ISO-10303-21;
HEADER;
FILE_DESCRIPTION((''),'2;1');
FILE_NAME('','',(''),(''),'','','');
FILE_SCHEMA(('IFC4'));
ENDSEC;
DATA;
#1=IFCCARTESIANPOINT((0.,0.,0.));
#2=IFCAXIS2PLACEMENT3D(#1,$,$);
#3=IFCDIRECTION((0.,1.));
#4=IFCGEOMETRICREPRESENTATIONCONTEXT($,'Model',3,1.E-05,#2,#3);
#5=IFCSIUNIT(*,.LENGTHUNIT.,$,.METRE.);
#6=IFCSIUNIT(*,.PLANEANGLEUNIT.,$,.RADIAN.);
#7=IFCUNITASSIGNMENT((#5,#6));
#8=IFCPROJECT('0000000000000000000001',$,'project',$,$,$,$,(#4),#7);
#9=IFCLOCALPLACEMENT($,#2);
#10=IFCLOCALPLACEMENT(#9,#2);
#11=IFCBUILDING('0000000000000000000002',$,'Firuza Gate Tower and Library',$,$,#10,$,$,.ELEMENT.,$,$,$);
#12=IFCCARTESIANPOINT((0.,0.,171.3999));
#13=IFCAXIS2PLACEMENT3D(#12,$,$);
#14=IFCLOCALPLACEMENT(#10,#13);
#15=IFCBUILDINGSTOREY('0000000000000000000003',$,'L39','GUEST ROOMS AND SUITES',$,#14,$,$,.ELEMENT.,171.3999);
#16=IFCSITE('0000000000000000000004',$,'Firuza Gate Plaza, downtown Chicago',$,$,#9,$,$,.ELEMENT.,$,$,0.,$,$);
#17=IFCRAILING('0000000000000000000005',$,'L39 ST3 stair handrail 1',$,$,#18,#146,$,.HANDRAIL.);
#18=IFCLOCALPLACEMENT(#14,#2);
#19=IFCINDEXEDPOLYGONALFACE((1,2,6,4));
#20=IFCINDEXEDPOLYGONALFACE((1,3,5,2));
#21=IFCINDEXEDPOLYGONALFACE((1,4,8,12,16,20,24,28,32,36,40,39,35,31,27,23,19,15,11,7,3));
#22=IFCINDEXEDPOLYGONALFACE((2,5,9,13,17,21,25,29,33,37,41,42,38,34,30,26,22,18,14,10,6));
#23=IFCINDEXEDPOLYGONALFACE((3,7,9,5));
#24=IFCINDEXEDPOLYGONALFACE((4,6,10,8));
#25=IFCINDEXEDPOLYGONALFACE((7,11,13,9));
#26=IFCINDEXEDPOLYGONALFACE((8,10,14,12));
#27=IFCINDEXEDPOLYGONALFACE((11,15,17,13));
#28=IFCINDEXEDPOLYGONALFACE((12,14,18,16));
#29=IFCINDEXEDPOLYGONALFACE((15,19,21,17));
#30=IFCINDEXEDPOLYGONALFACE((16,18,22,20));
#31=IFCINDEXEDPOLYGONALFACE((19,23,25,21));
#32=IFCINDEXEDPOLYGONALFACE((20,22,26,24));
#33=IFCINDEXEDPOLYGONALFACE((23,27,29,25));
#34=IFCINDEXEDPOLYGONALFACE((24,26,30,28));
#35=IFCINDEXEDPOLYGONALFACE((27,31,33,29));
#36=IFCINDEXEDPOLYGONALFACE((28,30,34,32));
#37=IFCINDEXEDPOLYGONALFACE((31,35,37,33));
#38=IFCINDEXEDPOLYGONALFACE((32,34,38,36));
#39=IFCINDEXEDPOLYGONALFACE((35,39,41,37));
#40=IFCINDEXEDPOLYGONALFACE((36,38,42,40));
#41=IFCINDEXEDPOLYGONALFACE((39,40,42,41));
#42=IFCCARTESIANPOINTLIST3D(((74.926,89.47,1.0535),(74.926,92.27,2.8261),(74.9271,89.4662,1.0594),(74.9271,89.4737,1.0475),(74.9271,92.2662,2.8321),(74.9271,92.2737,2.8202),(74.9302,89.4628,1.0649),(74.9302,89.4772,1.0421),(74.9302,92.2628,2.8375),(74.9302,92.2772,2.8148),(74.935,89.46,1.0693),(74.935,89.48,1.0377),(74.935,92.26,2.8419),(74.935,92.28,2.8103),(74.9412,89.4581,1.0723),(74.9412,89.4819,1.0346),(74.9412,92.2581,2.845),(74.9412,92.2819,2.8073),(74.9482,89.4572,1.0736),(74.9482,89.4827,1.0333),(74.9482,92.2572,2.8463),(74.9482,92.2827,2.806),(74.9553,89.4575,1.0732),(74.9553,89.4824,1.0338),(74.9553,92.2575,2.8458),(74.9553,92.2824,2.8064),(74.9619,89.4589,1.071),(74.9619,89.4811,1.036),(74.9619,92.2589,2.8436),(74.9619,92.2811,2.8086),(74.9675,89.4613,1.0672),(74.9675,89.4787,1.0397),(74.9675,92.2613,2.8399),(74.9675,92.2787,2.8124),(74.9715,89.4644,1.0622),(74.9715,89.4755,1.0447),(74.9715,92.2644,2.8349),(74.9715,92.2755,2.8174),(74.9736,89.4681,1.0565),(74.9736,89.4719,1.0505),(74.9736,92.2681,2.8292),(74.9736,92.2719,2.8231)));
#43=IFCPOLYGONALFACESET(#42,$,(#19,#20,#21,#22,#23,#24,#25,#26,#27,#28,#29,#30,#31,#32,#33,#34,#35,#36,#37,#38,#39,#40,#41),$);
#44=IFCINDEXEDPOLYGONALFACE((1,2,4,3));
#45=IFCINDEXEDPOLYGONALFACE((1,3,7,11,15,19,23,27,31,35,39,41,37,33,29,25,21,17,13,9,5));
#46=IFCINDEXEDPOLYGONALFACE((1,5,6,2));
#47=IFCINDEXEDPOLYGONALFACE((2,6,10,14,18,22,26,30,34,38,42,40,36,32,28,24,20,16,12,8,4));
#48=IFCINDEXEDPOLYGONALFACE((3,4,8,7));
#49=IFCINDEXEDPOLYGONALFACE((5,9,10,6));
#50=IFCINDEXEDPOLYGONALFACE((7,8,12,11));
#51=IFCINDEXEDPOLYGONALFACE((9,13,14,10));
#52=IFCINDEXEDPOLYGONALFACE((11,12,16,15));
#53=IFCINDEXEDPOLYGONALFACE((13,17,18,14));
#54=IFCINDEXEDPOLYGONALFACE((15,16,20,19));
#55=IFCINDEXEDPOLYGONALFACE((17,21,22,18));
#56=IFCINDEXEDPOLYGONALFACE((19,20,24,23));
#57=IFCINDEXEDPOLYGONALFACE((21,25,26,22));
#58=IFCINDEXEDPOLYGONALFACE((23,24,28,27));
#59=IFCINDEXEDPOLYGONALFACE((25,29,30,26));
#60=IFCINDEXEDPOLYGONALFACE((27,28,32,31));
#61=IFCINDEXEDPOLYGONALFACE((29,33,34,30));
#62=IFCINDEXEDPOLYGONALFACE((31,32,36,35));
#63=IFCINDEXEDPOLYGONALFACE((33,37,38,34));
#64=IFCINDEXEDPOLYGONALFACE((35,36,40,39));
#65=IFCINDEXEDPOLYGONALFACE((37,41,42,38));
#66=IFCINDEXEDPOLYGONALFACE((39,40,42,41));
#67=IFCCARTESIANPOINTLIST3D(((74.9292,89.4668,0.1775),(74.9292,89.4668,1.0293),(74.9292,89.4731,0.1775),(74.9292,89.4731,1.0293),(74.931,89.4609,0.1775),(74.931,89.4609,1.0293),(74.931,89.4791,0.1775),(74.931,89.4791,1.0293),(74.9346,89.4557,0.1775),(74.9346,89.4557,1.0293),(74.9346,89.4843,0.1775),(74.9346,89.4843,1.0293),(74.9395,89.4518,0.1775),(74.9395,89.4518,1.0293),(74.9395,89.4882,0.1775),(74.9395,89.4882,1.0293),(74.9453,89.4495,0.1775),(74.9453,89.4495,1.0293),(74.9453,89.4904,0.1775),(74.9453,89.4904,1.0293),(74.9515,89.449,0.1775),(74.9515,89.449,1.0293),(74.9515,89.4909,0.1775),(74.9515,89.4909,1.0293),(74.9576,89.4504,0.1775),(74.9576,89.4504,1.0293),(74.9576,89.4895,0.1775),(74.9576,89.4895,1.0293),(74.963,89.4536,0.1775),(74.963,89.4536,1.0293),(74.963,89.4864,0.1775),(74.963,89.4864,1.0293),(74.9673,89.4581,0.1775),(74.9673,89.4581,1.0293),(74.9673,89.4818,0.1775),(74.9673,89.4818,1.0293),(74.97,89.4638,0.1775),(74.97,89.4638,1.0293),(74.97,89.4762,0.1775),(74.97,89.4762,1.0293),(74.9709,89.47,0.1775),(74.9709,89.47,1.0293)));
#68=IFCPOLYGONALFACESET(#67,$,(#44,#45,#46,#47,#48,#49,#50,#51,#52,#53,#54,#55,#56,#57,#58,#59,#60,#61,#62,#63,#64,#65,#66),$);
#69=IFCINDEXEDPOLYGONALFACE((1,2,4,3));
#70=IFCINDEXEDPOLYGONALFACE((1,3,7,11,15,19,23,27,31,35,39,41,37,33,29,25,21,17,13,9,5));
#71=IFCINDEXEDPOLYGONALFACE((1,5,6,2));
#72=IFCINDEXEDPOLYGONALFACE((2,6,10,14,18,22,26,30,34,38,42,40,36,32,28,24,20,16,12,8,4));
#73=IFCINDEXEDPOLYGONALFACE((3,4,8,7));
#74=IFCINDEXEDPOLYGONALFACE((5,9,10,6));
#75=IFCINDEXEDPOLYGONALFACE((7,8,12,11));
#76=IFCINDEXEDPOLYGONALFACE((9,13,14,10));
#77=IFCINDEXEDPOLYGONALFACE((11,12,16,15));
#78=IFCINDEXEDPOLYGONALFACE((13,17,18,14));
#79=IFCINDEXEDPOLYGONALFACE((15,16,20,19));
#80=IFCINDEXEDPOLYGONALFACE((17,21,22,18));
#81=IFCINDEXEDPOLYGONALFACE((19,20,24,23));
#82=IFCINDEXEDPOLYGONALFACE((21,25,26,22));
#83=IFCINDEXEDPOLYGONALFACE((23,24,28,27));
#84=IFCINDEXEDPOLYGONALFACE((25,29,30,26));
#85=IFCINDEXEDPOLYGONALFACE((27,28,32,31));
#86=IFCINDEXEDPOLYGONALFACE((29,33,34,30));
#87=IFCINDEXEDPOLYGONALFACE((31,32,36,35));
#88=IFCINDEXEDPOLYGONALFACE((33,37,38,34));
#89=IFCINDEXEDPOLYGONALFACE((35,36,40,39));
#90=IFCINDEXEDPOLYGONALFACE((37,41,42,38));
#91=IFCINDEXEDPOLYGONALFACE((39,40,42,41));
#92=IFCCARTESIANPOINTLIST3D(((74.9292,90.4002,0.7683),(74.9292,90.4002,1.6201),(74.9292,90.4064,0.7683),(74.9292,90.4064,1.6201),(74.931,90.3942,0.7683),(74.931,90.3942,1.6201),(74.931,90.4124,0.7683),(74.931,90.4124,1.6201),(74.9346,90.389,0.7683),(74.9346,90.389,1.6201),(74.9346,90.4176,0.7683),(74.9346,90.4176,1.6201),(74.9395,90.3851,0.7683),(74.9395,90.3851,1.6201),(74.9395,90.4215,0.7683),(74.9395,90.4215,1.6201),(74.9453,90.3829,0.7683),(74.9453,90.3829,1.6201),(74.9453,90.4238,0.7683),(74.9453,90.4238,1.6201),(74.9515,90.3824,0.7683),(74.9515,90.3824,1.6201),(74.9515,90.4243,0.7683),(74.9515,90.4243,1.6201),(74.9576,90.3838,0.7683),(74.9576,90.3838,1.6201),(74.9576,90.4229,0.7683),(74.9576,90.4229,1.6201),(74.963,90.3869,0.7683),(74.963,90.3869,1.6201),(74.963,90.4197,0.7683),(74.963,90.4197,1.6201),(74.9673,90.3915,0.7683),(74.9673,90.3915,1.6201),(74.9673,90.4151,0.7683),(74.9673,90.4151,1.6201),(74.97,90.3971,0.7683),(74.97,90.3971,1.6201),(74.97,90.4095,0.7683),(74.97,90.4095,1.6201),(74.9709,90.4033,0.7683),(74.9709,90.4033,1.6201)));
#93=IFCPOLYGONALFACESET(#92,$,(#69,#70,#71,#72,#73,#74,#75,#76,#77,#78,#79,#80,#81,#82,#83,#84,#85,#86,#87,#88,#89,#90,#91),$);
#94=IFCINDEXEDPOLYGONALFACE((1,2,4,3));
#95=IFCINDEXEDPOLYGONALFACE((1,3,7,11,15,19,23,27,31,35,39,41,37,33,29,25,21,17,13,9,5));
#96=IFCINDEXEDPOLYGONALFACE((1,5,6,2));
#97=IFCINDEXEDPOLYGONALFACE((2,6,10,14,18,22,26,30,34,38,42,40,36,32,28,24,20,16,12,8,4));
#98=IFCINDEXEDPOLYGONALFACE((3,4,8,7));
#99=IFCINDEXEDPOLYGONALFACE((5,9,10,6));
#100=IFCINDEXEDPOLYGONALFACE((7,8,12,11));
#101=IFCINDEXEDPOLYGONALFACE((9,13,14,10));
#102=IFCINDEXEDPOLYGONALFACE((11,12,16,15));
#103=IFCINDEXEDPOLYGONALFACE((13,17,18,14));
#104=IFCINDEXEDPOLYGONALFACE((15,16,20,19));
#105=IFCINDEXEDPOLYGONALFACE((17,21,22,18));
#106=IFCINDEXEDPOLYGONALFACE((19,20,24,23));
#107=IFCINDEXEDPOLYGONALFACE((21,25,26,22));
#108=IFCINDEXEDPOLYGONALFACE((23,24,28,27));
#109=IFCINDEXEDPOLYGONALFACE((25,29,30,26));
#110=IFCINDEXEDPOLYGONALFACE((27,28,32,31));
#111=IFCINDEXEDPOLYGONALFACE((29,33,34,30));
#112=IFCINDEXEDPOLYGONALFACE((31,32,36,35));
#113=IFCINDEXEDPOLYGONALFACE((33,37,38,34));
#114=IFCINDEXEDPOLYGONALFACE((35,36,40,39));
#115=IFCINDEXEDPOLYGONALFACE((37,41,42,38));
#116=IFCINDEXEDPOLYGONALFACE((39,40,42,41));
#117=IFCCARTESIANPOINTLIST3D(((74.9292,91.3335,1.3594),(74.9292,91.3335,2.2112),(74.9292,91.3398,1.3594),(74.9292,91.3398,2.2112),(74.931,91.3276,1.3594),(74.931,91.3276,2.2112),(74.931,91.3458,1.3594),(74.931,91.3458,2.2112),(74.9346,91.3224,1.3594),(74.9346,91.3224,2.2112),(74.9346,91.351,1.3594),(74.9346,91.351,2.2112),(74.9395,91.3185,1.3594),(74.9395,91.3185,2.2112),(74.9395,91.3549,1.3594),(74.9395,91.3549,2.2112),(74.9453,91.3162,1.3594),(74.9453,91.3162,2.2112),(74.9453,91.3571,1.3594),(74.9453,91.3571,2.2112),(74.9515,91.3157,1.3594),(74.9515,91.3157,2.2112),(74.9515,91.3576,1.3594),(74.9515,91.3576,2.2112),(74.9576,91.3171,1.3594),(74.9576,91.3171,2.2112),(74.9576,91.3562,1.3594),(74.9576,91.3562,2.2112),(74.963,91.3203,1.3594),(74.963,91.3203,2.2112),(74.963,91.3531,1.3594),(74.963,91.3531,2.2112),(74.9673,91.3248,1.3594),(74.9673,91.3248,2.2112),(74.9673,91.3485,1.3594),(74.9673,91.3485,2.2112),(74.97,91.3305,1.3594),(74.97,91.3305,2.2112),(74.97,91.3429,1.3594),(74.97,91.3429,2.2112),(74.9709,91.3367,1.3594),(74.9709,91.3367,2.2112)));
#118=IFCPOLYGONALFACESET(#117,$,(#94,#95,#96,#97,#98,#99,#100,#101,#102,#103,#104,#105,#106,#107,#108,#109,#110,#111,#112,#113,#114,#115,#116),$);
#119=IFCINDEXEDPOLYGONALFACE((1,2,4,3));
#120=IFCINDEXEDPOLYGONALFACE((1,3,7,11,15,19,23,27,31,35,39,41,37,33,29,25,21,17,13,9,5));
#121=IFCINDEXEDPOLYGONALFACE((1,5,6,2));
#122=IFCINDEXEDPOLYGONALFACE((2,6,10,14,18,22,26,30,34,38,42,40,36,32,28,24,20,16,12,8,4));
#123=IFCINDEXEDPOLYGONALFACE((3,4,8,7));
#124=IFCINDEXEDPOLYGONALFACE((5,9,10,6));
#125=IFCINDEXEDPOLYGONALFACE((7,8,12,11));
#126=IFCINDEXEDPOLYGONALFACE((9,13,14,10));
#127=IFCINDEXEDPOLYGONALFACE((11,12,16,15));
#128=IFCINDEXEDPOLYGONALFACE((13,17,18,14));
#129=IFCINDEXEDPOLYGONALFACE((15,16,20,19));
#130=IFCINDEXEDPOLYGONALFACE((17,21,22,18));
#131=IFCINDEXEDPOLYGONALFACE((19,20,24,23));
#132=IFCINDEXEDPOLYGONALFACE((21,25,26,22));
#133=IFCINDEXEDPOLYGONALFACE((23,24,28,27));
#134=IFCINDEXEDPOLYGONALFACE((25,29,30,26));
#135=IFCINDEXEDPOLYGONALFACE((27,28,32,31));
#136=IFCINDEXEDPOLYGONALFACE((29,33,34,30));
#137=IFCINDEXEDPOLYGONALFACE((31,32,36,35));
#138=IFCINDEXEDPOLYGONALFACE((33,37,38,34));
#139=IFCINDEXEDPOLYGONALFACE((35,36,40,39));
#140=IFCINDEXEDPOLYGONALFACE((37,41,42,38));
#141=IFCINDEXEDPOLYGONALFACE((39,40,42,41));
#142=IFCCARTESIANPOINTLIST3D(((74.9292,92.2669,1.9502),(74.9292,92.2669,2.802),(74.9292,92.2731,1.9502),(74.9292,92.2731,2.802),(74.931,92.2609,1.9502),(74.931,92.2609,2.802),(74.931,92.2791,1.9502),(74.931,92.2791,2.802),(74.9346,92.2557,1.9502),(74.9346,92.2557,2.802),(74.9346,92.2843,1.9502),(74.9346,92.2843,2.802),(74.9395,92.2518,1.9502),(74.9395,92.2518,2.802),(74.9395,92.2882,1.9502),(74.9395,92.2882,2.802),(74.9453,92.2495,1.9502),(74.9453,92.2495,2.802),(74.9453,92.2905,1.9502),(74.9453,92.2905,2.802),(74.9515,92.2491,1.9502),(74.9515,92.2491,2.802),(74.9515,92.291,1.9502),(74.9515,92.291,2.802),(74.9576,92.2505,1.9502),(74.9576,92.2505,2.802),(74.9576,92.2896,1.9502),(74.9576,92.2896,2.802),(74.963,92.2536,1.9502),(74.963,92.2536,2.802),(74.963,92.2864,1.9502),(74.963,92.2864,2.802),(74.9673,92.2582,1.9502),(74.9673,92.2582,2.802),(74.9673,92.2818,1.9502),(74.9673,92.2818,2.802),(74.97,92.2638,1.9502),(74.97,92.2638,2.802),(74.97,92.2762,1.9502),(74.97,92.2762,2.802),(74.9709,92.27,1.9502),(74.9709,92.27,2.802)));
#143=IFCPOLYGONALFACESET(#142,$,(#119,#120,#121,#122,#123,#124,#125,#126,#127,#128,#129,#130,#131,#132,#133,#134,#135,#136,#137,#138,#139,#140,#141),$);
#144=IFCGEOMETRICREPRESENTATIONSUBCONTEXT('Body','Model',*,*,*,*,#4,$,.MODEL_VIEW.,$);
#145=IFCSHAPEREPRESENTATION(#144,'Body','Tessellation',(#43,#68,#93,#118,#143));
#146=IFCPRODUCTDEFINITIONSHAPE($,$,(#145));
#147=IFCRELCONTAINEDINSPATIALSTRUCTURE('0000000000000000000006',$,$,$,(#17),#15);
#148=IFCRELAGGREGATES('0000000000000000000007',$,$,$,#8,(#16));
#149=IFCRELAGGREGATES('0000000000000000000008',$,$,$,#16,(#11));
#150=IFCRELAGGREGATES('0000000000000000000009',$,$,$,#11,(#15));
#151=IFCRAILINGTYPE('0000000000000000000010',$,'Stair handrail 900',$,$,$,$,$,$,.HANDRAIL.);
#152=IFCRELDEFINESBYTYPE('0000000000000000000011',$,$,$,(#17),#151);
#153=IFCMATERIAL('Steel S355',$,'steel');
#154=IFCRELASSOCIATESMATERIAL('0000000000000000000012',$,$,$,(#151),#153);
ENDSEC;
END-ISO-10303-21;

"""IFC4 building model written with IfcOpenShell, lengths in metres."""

from ifc_helpers import new_model, si_unit, direction, frame, origin, origin_2d, place, context, subcontext, project, spatial, circle, extrude, material, type_object, element, save


model = new_model("IFC4")

# Units and contexts
model_context = context("Model", 3, precision=1e-05, world=origin(), true_north=direction((0.0, 1.0)))
body_context = subcontext(model_context, "Body", "Model", "MODEL_VIEW")
ifc_project = project(units=[si_unit("LENGTHUNIT", "METRE"), si_unit("PLANEANGLEUNIT", "RADIAN")], contexts=[model_context])

# Site, building, storey
site_placement = place(None, origin())
site = spatial("IfcSite", under=ifc_project, at=site_placement, Name="Firuza Gate Plaza, downtown Chicago", CompositionType="ELEMENT", RefElevation=0.0)
building_placement = place(site_placement, origin())
building = spatial("IfcBuilding", under=site, at=building_placement, Name="Firuza Gate Tower and Library", CompositionType="ELEMENT")
storey_placement = place(building_placement, frame((0.0, 0.0, 171.3999)))
storey = spatial("IfcBuildingStorey", under=building, at=storey_placement, Name="L39", Description="GUEST ROOMS AND SUITES", CompositionType="ELEMENT", Elevation=171.3999)

# Railing
ifc_material_1 = material(Name="Steel S355", Category="steel")
railing_type_1 = type_object("IfcRailingType", Name="Stair handrail 900", PredefinedType="HANDRAIL", material=ifc_material_1)
railing_1_placement = place(storey_placement, frame((74.95, 89.47, 0.1775)))
element("IfcRailing", 1, at=railing_1_placement, inside=storey, type_object=railing_type_1, Name="L39 ST3 stair handrail 1", PredefinedType="HANDRAIL", context=body_context, shape_type="SweptSolid", body=[
    extrude(circle(Radius=0.0239, at=origin_2d()), frame((0.0, 0.0, 0.876), z_axis=(0.0, 0.844909, 0.53491), x_axis=(-1.0, 0.0, 0.0)), (0.0, 0.0, 1.0), 3.314),
    extrude(circle(Radius=0.021, at=origin_2d()), origin(), (0.0, 0.0, 1.0), 0.8518),
    extrude(circle(Radius=0.021, at=origin_2d()), frame((0.0, 0.9333, 0.5908)), (0.0, 0.0, 1.0), 0.8518),
    extrude(circle(Radius=0.021, at=origin_2d()), frame((0.0, 1.8667, 1.1819)), (0.0, 0.0, 1.0), 0.8518),
    extrude(circle(Radius=0.021, at=origin_2d()), frame((0.0, 2.8, 1.7727)), (0.0, 0.0, 1.0), 0.8518),
])

save(model, "model.ifc")
